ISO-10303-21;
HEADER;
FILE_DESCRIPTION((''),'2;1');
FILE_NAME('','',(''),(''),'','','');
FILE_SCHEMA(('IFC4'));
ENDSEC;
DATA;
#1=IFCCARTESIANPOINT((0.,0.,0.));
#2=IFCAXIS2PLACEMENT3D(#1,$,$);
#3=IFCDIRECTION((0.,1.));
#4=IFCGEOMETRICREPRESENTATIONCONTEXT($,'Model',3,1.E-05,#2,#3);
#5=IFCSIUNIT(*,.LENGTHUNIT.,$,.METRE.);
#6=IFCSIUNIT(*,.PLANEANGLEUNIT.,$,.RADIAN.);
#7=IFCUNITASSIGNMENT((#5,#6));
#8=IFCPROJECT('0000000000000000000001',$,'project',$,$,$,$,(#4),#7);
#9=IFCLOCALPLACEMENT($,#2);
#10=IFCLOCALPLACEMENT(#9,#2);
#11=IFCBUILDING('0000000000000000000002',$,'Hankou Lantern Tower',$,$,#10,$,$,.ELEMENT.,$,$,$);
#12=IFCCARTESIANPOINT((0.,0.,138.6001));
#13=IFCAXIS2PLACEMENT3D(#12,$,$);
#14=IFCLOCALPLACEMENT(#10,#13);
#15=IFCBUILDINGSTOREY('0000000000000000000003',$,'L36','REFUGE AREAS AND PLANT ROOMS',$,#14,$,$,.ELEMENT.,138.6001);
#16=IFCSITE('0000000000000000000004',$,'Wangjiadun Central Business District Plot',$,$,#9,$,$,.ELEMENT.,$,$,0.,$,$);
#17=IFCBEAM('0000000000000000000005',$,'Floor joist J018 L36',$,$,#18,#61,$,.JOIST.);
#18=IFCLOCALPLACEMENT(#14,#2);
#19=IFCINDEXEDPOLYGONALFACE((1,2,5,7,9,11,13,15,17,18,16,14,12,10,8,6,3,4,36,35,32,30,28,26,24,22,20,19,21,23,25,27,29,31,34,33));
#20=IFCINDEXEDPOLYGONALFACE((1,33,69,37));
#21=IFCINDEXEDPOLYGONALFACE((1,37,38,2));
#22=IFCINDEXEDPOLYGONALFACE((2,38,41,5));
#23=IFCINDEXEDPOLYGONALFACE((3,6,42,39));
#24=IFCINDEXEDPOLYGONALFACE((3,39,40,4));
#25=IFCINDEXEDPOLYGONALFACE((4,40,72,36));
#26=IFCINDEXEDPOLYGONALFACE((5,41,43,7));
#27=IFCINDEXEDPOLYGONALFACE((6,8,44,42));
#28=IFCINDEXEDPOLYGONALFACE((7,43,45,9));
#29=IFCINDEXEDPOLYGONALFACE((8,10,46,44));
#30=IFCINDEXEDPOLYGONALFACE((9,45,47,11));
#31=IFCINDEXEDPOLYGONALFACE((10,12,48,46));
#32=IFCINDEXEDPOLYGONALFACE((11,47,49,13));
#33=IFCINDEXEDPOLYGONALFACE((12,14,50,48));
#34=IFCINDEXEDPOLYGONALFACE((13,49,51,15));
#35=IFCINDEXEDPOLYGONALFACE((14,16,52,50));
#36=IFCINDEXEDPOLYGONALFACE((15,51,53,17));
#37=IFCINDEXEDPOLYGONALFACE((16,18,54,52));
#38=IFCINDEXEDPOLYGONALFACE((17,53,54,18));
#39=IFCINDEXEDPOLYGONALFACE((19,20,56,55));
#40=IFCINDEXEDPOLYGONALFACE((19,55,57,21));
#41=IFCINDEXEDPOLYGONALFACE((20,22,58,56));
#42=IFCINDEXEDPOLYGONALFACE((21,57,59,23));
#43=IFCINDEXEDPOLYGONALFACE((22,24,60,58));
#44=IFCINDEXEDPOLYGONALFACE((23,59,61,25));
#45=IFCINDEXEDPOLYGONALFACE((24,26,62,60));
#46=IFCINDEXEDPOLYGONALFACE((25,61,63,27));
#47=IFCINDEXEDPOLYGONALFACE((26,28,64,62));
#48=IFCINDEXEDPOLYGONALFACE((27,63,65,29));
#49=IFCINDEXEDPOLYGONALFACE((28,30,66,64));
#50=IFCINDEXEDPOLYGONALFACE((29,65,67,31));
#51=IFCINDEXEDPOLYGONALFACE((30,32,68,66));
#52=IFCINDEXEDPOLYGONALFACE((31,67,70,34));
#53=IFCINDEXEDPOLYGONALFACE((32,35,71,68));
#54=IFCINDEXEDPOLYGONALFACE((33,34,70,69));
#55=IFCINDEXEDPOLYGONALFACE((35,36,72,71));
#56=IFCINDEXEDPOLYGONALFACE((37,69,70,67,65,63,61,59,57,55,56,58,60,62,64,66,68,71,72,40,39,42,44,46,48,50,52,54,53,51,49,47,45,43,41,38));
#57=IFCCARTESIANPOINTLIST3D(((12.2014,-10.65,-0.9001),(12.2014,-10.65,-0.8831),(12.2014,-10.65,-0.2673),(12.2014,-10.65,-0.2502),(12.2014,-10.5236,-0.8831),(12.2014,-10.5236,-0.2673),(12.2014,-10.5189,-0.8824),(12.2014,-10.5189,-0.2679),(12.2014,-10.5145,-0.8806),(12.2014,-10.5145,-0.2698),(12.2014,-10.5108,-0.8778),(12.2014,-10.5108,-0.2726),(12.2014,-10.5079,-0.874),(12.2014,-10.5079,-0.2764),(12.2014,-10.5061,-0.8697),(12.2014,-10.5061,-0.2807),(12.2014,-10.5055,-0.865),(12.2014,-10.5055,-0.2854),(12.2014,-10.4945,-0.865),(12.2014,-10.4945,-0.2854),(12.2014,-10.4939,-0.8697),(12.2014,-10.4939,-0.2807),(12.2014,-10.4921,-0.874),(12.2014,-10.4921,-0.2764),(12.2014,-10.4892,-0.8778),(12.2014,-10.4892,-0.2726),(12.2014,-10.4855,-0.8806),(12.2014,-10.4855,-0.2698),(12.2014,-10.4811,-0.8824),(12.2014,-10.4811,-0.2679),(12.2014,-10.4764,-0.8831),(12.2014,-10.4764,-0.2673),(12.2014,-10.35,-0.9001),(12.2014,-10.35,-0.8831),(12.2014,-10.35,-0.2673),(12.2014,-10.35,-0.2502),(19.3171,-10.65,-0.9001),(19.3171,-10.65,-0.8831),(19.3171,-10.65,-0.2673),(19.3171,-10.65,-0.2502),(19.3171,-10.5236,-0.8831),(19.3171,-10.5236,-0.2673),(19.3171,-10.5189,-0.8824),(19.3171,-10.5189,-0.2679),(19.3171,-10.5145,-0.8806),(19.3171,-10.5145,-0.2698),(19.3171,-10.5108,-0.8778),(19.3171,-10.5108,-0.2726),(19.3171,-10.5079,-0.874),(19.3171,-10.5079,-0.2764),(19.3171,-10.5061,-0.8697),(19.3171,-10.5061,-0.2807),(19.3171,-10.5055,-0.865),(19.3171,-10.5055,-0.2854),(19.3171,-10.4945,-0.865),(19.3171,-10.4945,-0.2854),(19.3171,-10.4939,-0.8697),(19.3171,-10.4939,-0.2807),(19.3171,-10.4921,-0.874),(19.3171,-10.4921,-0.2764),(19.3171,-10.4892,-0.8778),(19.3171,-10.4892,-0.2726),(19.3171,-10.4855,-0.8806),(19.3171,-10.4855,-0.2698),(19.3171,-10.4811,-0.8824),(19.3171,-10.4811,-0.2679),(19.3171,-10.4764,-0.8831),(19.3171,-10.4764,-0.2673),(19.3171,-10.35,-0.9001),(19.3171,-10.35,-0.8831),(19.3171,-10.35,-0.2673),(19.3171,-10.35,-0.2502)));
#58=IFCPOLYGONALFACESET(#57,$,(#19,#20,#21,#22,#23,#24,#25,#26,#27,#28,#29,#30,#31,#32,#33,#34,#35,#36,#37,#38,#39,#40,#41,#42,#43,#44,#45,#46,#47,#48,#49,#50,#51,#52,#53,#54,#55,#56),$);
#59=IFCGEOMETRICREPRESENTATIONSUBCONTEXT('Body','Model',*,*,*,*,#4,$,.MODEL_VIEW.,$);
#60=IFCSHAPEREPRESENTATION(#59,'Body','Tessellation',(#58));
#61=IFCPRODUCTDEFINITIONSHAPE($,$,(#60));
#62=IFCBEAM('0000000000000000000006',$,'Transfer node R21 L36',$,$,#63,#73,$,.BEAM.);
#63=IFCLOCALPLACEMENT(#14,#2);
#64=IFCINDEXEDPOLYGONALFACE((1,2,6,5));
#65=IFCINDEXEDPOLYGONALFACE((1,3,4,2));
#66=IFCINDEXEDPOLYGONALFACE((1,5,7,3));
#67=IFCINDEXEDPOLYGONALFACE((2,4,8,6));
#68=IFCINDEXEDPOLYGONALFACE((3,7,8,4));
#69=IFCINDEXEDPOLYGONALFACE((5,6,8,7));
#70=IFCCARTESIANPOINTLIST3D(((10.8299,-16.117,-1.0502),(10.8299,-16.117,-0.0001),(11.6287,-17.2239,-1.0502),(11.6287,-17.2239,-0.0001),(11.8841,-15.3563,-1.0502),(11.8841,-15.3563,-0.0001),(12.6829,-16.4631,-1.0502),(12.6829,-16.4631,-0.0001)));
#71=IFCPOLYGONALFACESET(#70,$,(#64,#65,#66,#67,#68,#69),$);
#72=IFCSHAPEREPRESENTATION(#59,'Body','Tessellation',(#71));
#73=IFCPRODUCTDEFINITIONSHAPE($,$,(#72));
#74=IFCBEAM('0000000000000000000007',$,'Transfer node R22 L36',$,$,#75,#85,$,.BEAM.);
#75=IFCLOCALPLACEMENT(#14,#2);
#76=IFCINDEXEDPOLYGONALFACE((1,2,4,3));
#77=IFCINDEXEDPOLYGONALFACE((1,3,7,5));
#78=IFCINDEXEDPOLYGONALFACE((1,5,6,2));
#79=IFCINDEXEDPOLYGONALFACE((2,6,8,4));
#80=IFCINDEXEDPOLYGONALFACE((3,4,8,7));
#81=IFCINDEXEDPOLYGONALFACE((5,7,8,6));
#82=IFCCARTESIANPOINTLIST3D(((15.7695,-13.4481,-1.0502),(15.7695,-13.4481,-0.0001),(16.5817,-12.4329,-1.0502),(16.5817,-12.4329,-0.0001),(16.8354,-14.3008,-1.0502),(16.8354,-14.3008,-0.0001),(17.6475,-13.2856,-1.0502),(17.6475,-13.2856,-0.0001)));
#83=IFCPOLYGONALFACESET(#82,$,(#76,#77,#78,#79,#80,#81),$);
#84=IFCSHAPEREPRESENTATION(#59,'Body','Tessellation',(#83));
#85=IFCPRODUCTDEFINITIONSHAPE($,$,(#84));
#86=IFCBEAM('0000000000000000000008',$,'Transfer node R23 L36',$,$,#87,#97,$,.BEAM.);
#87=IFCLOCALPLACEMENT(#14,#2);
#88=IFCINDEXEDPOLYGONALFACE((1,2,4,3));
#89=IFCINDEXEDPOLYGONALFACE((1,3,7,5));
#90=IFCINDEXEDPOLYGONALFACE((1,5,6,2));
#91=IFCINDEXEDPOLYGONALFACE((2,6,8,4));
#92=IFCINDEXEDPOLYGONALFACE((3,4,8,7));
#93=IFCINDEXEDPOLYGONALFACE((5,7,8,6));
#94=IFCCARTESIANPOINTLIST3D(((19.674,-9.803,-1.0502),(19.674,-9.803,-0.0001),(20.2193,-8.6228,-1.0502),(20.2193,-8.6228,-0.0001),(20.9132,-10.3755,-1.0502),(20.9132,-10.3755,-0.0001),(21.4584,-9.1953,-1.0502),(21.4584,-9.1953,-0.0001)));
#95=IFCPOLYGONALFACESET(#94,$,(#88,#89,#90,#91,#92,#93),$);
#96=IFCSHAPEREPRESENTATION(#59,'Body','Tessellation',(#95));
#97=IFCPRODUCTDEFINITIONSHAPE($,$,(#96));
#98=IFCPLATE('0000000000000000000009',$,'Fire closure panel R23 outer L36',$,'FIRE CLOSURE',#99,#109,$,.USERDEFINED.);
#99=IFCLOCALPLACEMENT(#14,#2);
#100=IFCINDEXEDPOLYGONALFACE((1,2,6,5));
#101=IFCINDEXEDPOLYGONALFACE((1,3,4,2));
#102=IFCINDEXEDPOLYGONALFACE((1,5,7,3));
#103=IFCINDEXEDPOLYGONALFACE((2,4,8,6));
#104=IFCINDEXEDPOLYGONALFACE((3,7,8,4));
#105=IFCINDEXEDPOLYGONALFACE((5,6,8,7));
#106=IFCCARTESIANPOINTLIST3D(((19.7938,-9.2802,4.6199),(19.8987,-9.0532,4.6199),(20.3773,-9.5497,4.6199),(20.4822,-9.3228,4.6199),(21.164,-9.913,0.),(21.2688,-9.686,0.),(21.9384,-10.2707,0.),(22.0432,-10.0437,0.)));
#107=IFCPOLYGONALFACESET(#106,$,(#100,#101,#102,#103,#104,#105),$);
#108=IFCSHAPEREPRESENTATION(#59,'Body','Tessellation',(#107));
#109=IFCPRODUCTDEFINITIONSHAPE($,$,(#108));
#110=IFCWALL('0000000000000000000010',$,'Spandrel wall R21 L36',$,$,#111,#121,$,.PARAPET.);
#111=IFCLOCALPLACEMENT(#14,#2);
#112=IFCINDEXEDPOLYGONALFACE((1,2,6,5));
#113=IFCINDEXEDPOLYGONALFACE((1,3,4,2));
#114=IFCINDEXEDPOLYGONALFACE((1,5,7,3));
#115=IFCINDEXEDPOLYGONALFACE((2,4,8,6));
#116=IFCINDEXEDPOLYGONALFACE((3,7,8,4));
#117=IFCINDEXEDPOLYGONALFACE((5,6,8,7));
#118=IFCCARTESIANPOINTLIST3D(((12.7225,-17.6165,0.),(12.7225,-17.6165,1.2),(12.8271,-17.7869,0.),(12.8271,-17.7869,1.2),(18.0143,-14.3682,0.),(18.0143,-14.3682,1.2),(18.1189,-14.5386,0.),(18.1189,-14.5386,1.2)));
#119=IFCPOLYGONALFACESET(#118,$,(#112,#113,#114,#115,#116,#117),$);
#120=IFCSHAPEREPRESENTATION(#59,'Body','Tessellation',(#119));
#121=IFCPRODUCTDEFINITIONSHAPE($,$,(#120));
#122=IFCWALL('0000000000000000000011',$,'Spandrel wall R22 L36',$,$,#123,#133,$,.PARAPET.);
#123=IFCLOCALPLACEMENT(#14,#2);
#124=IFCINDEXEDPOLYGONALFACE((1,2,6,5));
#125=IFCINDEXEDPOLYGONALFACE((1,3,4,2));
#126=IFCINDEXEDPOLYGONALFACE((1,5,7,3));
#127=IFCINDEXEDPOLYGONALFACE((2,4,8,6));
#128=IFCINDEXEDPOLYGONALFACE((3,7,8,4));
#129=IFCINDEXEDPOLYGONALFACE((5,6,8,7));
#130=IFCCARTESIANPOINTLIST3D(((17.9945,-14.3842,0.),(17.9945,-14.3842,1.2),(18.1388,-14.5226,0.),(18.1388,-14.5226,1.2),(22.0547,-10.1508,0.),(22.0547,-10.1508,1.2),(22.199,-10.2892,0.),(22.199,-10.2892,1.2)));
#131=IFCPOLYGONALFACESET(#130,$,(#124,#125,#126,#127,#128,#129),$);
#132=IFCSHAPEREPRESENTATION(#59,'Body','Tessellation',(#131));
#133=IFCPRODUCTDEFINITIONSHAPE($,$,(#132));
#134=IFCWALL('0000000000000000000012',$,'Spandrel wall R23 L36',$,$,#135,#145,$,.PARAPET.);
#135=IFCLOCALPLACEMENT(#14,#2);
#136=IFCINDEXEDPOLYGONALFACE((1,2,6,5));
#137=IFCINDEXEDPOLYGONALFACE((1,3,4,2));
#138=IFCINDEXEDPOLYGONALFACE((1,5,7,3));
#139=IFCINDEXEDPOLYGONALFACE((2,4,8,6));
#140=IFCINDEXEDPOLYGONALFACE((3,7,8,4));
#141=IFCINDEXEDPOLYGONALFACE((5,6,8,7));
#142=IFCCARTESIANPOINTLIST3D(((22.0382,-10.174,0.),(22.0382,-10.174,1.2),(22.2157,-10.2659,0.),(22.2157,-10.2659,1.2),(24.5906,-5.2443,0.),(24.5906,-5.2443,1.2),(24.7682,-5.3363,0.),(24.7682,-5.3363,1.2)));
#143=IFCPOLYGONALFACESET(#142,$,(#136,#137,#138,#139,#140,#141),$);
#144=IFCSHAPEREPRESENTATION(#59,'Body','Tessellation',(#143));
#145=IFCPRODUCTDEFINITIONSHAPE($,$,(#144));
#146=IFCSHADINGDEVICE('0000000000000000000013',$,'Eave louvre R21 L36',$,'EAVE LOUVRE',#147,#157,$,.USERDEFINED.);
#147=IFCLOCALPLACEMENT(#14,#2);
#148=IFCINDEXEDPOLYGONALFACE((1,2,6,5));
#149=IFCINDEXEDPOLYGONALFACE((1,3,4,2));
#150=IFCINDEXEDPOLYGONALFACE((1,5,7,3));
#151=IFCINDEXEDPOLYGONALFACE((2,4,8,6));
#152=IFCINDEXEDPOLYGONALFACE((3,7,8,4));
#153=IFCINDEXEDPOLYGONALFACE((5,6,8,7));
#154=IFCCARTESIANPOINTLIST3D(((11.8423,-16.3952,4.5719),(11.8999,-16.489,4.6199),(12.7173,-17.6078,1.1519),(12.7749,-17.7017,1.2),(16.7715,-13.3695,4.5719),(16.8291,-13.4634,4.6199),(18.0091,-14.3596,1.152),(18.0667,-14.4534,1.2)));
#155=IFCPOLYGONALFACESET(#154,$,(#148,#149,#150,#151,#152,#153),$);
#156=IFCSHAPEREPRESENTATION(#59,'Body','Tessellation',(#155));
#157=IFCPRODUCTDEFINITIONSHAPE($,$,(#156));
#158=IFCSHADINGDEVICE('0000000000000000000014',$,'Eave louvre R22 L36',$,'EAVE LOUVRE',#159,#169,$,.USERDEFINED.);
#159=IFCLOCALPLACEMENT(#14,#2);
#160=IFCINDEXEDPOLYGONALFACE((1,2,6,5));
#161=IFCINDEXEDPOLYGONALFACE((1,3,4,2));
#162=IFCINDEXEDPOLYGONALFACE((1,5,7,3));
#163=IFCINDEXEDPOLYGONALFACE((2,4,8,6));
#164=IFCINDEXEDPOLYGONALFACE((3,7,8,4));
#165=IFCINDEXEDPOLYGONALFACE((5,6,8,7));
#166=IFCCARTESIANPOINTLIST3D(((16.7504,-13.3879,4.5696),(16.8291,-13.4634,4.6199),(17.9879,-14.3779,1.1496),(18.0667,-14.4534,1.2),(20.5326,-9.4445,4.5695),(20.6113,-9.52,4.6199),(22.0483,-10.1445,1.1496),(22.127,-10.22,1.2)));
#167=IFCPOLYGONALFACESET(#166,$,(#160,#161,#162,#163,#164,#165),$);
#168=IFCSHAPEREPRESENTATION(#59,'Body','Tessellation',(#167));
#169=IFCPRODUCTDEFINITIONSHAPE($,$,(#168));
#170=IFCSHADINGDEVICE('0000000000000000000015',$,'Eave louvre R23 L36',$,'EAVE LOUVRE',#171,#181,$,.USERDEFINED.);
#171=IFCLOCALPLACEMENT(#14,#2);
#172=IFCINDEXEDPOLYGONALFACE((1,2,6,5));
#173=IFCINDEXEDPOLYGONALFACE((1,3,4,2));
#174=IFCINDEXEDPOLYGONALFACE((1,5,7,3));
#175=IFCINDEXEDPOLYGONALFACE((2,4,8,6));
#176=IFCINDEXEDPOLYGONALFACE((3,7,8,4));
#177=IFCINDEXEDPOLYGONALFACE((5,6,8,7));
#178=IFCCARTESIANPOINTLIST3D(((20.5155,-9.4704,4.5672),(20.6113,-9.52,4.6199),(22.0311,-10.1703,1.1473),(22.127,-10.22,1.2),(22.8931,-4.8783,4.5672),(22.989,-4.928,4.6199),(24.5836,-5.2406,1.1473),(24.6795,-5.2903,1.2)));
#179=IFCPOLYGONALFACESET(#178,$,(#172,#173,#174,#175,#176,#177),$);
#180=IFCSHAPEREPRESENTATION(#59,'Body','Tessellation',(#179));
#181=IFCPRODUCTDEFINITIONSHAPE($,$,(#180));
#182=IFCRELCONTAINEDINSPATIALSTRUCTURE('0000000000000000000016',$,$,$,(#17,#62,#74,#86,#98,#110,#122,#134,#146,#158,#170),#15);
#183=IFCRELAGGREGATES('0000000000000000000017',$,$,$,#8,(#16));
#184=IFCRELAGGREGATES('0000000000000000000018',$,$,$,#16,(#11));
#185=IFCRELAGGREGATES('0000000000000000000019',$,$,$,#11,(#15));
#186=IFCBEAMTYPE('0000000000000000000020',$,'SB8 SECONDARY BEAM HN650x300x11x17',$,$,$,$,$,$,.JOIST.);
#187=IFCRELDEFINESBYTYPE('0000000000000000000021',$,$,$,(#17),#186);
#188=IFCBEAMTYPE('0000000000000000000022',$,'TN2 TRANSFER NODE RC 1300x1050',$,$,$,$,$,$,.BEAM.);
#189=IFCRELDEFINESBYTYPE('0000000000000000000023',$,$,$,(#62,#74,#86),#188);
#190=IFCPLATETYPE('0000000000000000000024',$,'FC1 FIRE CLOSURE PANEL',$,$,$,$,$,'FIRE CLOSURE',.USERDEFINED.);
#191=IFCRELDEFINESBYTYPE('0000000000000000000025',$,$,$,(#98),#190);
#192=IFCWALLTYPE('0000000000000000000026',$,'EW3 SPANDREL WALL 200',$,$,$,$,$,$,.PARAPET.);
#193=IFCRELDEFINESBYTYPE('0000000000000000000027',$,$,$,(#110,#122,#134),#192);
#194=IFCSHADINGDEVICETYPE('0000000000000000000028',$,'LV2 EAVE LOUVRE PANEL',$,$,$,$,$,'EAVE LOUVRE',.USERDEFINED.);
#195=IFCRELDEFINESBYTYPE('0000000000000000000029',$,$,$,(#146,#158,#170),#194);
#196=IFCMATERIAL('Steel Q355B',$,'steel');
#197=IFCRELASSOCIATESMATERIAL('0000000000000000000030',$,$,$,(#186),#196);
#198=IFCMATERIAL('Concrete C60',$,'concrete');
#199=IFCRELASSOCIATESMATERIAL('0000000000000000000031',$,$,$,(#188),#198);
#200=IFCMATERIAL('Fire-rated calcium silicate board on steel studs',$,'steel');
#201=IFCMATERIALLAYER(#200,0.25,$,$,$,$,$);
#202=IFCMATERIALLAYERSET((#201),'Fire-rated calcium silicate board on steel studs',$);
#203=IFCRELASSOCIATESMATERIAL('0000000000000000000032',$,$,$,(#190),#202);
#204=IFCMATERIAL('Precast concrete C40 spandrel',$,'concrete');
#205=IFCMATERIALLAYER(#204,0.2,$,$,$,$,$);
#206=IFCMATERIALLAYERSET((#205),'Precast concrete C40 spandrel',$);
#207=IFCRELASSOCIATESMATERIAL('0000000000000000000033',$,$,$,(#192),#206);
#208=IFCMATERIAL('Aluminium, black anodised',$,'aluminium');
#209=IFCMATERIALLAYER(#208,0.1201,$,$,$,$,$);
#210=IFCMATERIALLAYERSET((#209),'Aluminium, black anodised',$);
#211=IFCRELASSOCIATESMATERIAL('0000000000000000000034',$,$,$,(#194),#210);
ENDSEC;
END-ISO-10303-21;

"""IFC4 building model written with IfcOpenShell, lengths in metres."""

from ifc_helpers import new_model, si_unit, direction, frame, frame_2d, origin, origin_2d, place, context, subcontext, project, spatial, polyline, rectangle, i_section, outline, extrude, material, layer, layer_set, material_profile, profile_set, type_object, element, save


model = new_model("IFC4")

# Units and contexts
model_context = context("Model", 3, precision=1e-05, world=origin(), true_north=direction((0.0, 1.0)))
body_context = subcontext(model_context, "Body", "Model", "MODEL_VIEW")
ifc_project = project(units=[si_unit("LENGTHUNIT", "METRE"), si_unit("PLANEANGLEUNIT", "RADIAN")], contexts=[model_context])

# Site, building, storey
site_placement = place(None, origin())
site = spatial("IfcSite", under=ifc_project, at=site_placement, Name="Wangjiadun Central Business District Plot", CompositionType="ELEMENT", RefElevation=0.0)
building_placement = place(site_placement, origin())
building = spatial("IfcBuilding", under=site, at=building_placement, Name="Hankou Lantern Tower", CompositionType="ELEMENT")
storey_placement = place(building_placement, frame((0.0, 0.0, 138.6001)))
storey = spatial("IfcBuildingStorey", under=building, at=storey_placement, Name="L36", Description="REFUGE AREAS AND PLANT ROOMS", CompositionType="ELEMENT", Elevation=138.6001)

# Beams
ifc_material_1 = material(Name="Steel Q355B", Category="steel")
ifc_material_profile_1 = material_profile(ifc_material_1, i_section(OverallWidth=0.3, OverallDepth=0.6499, WebThickness=0.011, FlangeThickness=0.0171, FilletRadius=0.0181, at=origin_2d()), Name="HN650x300x11x17")
ifc_profile_set_1 = profile_set([ifc_material_profile_1], Name="Steel Q355B")
beam_type_1 = type_object("IfcBeamType", Name="SB8 SECONDARY BEAM HN650x300x11x17", PredefinedType="JOIST", material=ifc_profile_set_1)
beam_1_placement = place(storey_placement, frame((12.2014, -10.5, -0.5752), z_axis=(1.0, 0.0, 0.0), x_axis=(0.0, 1.0, 0.0)))
element("IfcBeam", 1, at=beam_1_placement, inside=storey, type_object=beam_type_1, Name="Floor joist J018 L36", PredefinedType="JOIST", context=body_context, shape_type="SweptSolid", body=[
    extrude(i_section(OverallWidth=0.3, OverallDepth=0.6499, WebThickness=0.011, FlangeThickness=0.0171, FilletRadius=0.0181, at=origin_2d()), origin(), (0.0, 0.0, 1.0), 7.1157),
])
ifc_material_2 = material(Name="Concrete C60", Category="concrete")
ifc_material_profile_2 = material_profile(ifc_material_2, rectangle(XDim=1.3, YDim=1.05, at=origin_2d()), Name="RC 1300x1050")
ifc_profile_set_2 = profile_set([ifc_material_profile_2], Name="Concrete C60")
beam_type_2 = type_object("IfcBeamType", Name="TN2 TRANSFER NODE RC 1300x1050", PredefinedType="BEAM", material=ifc_profile_set_2)
for number, where, z_axis, x_axis, name in (
    (2, (12.1558, -16.8435, -0.5251), (-0.58519, 0.810896, 0.0), (-0.810896, -0.58519, 0.0), "Transfer node R21 L36"),
    (3, (17.2415, -13.7932, -0.5251), (-0.780851, 0.624717, 0.0), (-0.624717, -0.780851, 0.0), "Transfer node R22 L36"),
    (4, (21.1858, -9.7854, -0.5251), (-0.907808, 0.419387, 0.0), (-0.419387, -0.907808, 0.0), "Transfer node R23 L36"),
):
    element("IfcBeam", number, at=place(storey_placement, frame(where, z_axis=z_axis, x_axis=x_axis)), inside=storey, type_object=beam_type_2, Name=name, PredefinedType="BEAM", context=body_context, shape_type="SweptSolid", body=[
        extrude(rectangle(XDim=1.3, YDim=1.05, at=origin_2d()), origin(), (0.0, 0.0, 1.0), 1.365),
    ])

# Plate
ifc_material_3 = material(Name="Fire-rated calcium silicate board on steel studs", Category="steel")
ifc_layer_1 = layer(ifc_material_3, 0.25)
ifc_layer_set_1 = layer_set([ifc_layer_1], Name="Fire-rated calcium silicate board on steel studs")
plate_type = type_object("IfcPlateType", Name="FC1 FIRE CLOSURE PANEL", ElementType="FIRE CLOSURE", PredefinedType="USERDEFINED", material=ifc_layer_set_1)
plate_placement = place(storey_placement, frame((21.2688, -9.686, 0.0), z_axis=(0.419317, 0.90784, 0.000009), x_axis=(0.90784, -0.419317, 0.0)))
element("IfcPlate", 5, at=plate_placement, inside=storey, type_object=plate_type, Name="Fire closure panel R23 outer L36", ObjectType="FIRE CLOSURE", PredefinedType="USERDEFINED", context=body_context, shape_type="SweptSolid", body=[
    extrude(outline(polyline([(0.0, 0.0), (0.853, 0.0), (-0.8665, -4.6199), (-1.5092, -4.6199), (0.0, 0.0)])), origin(), (0.0, 0.0, -1.0), 0.25),
])

# Walls
ifc_material_4 = material(Name="Precast concrete C40 spandrel", Category="concrete")
ifc_layer_2 = layer(ifc_material_4, 0.2)
ifc_layer_set_2 = layer_set([ifc_layer_2], Name="Precast concrete C40 spandrel")
wall_type = type_object("IfcWallType", Name="EW3 SPANDREL WALL 200", PredefinedType="PARAPET", material=ifc_layer_set_2)
wall_1_placement = place(storey_placement, frame((12.7749, -17.7017, 0.0), z_axis=(0.0, 0.0, 1.0), x_axis=(0.852245, 0.523143, 0.0)))
element("IfcWall", 6, at=wall_1_placement, inside=storey, type_object=wall_type, Name="Spandrel wall R21 L36", PredefinedType="PARAPET", context=body_context, shape_type="SweptSolid", body=[
    extrude(rectangle(XDim=6.2092, YDim=0.2, at=frame_2d((3.1045, 0.0))), origin(), (0.0, 0.0, 1.0), 1.2),
])
wall_2_placement = place(storey_placement, frame((18.0667, -14.4534, 0.0), z_axis=(0.0, 0.0, 1.0), x_axis=(0.692198, 0.721707, 0.0)))
element("IfcWall", 7, at=wall_2_placement, inside=storey, type_object=wall_type, Name="Spandrel wall R22 L36", PredefinedType="PARAPET", context=body_context, shape_type="SweptSolid", body=[
    extrude(rectangle(XDim=5.8657, YDim=0.2, at=frame_2d((2.9329, 0.0))), origin(), (0.0, 0.0, 1.0), 1.2),
])
wall_3_placement = place(storey_placement, frame((22.127, -10.22, 0.0), z_axis=(0.0, 0.0, 1.0), x_axis=(0.4598, 0.888023, 0.0)))
element("IfcWall", 8, at=wall_3_placement, inside=storey, type_object=wall_type, Name="Spandrel wall R23 L36", PredefinedType="PARAPET", context=body_context, shape_type="SweptSolid", body=[
    extrude(rectangle(XDim=5.5513, YDim=0.2, at=frame_2d((2.7756, 0.0))), origin(), (0.0, 0.0, 1.0), 1.2),
])

# Shading devices
ifc_material_5 = material(Name="Aluminium, black anodised", Category="aluminium")
ifc_layer_3 = layer(ifc_material_5, 0.1201)
ifc_layer_set_3 = layer_set([ifc_layer_3], Name="Aluminium, black anodised")
shading_device_type = type_object("IfcShadingDeviceType", Name="LV2 EAVE LOUVRE PANEL", ElementType="EAVE LOUVRE", PredefinedType="USERDEFINED", material=ifc_layer_set_3)
shading_device_1_placement = place(storey_placement, frame((12.7749, -17.7017, 1.2), z_axis=(0.479534, -0.781217, 0.399684), x_axis=(0.852248, 0.523137, 0.000003)))
element("IfcShadingDevice", 9, at=shading_device_1_placement, inside=storey, type_object=shading_device_type, Name="Eave louvre R21 L36", ObjectType="EAVE LOUVRE", PredefinedType="USERDEFINED", context=body_context, shape_type="SweptSolid", body=[
    extrude(outline(polyline([(0.0, 0.0), (6.2092, 0.0), (5.6724, 3.7309), (-0.1113, 3.7309), (0.0, 0.0)])), origin(), (0.0, 0.0, -1.0), 0.1201),
])
shading_device_2_placement = place(storey_placement, frame((18.0667, -14.4534, 1.2), z_axis=(0.65528, -0.628496, 0.419048), x_axis=(0.692202, 0.721704, 0.000003)))
element("IfcShadingDevice", 10, at=shading_device_2_placement, inside=storey, type_object=shading_device_type, Name="Eave louvre R22 L36", ObjectType="EAVE LOUVRE", PredefinedType="USERDEFINED", context=body_context, shape_type="SweptSolid", body=[
    extrude(outline(polyline([(0.0, 0.0), (5.8658, 0.0), (5.3219, 3.7666), (-0.1421, 3.7666), (0.0, 0.0)])), origin(), (0.0, 0.0, -1.0), 0.1201),
])
shading_device_3_placement = place(storey_placement, frame((22.127, -10.22, 1.2), z_axis=(0.798174, -0.41328, 0.438314), x_axis=(0.459801, 0.888022, 0.000001)))
element("IfcShadingDevice", 11, at=shading_device_3_placement, inside=storey, type_object=shading_device_type, Name="Eave louvre R23 L36", ObjectType="EAVE LOUVRE", PredefinedType="USERDEFINED", context=body_context, shape_type="SweptSolid", body=[
    extrude(outline(polyline([(0.0, 0.0), (5.5513, 0.0), (5.0958, 3.8049), (-0.0753, 3.8049), (0.0, 0.0)])), origin(), (0.0, 0.0, -1.0), 0.1201),
])

save(model, "model.ifc")
